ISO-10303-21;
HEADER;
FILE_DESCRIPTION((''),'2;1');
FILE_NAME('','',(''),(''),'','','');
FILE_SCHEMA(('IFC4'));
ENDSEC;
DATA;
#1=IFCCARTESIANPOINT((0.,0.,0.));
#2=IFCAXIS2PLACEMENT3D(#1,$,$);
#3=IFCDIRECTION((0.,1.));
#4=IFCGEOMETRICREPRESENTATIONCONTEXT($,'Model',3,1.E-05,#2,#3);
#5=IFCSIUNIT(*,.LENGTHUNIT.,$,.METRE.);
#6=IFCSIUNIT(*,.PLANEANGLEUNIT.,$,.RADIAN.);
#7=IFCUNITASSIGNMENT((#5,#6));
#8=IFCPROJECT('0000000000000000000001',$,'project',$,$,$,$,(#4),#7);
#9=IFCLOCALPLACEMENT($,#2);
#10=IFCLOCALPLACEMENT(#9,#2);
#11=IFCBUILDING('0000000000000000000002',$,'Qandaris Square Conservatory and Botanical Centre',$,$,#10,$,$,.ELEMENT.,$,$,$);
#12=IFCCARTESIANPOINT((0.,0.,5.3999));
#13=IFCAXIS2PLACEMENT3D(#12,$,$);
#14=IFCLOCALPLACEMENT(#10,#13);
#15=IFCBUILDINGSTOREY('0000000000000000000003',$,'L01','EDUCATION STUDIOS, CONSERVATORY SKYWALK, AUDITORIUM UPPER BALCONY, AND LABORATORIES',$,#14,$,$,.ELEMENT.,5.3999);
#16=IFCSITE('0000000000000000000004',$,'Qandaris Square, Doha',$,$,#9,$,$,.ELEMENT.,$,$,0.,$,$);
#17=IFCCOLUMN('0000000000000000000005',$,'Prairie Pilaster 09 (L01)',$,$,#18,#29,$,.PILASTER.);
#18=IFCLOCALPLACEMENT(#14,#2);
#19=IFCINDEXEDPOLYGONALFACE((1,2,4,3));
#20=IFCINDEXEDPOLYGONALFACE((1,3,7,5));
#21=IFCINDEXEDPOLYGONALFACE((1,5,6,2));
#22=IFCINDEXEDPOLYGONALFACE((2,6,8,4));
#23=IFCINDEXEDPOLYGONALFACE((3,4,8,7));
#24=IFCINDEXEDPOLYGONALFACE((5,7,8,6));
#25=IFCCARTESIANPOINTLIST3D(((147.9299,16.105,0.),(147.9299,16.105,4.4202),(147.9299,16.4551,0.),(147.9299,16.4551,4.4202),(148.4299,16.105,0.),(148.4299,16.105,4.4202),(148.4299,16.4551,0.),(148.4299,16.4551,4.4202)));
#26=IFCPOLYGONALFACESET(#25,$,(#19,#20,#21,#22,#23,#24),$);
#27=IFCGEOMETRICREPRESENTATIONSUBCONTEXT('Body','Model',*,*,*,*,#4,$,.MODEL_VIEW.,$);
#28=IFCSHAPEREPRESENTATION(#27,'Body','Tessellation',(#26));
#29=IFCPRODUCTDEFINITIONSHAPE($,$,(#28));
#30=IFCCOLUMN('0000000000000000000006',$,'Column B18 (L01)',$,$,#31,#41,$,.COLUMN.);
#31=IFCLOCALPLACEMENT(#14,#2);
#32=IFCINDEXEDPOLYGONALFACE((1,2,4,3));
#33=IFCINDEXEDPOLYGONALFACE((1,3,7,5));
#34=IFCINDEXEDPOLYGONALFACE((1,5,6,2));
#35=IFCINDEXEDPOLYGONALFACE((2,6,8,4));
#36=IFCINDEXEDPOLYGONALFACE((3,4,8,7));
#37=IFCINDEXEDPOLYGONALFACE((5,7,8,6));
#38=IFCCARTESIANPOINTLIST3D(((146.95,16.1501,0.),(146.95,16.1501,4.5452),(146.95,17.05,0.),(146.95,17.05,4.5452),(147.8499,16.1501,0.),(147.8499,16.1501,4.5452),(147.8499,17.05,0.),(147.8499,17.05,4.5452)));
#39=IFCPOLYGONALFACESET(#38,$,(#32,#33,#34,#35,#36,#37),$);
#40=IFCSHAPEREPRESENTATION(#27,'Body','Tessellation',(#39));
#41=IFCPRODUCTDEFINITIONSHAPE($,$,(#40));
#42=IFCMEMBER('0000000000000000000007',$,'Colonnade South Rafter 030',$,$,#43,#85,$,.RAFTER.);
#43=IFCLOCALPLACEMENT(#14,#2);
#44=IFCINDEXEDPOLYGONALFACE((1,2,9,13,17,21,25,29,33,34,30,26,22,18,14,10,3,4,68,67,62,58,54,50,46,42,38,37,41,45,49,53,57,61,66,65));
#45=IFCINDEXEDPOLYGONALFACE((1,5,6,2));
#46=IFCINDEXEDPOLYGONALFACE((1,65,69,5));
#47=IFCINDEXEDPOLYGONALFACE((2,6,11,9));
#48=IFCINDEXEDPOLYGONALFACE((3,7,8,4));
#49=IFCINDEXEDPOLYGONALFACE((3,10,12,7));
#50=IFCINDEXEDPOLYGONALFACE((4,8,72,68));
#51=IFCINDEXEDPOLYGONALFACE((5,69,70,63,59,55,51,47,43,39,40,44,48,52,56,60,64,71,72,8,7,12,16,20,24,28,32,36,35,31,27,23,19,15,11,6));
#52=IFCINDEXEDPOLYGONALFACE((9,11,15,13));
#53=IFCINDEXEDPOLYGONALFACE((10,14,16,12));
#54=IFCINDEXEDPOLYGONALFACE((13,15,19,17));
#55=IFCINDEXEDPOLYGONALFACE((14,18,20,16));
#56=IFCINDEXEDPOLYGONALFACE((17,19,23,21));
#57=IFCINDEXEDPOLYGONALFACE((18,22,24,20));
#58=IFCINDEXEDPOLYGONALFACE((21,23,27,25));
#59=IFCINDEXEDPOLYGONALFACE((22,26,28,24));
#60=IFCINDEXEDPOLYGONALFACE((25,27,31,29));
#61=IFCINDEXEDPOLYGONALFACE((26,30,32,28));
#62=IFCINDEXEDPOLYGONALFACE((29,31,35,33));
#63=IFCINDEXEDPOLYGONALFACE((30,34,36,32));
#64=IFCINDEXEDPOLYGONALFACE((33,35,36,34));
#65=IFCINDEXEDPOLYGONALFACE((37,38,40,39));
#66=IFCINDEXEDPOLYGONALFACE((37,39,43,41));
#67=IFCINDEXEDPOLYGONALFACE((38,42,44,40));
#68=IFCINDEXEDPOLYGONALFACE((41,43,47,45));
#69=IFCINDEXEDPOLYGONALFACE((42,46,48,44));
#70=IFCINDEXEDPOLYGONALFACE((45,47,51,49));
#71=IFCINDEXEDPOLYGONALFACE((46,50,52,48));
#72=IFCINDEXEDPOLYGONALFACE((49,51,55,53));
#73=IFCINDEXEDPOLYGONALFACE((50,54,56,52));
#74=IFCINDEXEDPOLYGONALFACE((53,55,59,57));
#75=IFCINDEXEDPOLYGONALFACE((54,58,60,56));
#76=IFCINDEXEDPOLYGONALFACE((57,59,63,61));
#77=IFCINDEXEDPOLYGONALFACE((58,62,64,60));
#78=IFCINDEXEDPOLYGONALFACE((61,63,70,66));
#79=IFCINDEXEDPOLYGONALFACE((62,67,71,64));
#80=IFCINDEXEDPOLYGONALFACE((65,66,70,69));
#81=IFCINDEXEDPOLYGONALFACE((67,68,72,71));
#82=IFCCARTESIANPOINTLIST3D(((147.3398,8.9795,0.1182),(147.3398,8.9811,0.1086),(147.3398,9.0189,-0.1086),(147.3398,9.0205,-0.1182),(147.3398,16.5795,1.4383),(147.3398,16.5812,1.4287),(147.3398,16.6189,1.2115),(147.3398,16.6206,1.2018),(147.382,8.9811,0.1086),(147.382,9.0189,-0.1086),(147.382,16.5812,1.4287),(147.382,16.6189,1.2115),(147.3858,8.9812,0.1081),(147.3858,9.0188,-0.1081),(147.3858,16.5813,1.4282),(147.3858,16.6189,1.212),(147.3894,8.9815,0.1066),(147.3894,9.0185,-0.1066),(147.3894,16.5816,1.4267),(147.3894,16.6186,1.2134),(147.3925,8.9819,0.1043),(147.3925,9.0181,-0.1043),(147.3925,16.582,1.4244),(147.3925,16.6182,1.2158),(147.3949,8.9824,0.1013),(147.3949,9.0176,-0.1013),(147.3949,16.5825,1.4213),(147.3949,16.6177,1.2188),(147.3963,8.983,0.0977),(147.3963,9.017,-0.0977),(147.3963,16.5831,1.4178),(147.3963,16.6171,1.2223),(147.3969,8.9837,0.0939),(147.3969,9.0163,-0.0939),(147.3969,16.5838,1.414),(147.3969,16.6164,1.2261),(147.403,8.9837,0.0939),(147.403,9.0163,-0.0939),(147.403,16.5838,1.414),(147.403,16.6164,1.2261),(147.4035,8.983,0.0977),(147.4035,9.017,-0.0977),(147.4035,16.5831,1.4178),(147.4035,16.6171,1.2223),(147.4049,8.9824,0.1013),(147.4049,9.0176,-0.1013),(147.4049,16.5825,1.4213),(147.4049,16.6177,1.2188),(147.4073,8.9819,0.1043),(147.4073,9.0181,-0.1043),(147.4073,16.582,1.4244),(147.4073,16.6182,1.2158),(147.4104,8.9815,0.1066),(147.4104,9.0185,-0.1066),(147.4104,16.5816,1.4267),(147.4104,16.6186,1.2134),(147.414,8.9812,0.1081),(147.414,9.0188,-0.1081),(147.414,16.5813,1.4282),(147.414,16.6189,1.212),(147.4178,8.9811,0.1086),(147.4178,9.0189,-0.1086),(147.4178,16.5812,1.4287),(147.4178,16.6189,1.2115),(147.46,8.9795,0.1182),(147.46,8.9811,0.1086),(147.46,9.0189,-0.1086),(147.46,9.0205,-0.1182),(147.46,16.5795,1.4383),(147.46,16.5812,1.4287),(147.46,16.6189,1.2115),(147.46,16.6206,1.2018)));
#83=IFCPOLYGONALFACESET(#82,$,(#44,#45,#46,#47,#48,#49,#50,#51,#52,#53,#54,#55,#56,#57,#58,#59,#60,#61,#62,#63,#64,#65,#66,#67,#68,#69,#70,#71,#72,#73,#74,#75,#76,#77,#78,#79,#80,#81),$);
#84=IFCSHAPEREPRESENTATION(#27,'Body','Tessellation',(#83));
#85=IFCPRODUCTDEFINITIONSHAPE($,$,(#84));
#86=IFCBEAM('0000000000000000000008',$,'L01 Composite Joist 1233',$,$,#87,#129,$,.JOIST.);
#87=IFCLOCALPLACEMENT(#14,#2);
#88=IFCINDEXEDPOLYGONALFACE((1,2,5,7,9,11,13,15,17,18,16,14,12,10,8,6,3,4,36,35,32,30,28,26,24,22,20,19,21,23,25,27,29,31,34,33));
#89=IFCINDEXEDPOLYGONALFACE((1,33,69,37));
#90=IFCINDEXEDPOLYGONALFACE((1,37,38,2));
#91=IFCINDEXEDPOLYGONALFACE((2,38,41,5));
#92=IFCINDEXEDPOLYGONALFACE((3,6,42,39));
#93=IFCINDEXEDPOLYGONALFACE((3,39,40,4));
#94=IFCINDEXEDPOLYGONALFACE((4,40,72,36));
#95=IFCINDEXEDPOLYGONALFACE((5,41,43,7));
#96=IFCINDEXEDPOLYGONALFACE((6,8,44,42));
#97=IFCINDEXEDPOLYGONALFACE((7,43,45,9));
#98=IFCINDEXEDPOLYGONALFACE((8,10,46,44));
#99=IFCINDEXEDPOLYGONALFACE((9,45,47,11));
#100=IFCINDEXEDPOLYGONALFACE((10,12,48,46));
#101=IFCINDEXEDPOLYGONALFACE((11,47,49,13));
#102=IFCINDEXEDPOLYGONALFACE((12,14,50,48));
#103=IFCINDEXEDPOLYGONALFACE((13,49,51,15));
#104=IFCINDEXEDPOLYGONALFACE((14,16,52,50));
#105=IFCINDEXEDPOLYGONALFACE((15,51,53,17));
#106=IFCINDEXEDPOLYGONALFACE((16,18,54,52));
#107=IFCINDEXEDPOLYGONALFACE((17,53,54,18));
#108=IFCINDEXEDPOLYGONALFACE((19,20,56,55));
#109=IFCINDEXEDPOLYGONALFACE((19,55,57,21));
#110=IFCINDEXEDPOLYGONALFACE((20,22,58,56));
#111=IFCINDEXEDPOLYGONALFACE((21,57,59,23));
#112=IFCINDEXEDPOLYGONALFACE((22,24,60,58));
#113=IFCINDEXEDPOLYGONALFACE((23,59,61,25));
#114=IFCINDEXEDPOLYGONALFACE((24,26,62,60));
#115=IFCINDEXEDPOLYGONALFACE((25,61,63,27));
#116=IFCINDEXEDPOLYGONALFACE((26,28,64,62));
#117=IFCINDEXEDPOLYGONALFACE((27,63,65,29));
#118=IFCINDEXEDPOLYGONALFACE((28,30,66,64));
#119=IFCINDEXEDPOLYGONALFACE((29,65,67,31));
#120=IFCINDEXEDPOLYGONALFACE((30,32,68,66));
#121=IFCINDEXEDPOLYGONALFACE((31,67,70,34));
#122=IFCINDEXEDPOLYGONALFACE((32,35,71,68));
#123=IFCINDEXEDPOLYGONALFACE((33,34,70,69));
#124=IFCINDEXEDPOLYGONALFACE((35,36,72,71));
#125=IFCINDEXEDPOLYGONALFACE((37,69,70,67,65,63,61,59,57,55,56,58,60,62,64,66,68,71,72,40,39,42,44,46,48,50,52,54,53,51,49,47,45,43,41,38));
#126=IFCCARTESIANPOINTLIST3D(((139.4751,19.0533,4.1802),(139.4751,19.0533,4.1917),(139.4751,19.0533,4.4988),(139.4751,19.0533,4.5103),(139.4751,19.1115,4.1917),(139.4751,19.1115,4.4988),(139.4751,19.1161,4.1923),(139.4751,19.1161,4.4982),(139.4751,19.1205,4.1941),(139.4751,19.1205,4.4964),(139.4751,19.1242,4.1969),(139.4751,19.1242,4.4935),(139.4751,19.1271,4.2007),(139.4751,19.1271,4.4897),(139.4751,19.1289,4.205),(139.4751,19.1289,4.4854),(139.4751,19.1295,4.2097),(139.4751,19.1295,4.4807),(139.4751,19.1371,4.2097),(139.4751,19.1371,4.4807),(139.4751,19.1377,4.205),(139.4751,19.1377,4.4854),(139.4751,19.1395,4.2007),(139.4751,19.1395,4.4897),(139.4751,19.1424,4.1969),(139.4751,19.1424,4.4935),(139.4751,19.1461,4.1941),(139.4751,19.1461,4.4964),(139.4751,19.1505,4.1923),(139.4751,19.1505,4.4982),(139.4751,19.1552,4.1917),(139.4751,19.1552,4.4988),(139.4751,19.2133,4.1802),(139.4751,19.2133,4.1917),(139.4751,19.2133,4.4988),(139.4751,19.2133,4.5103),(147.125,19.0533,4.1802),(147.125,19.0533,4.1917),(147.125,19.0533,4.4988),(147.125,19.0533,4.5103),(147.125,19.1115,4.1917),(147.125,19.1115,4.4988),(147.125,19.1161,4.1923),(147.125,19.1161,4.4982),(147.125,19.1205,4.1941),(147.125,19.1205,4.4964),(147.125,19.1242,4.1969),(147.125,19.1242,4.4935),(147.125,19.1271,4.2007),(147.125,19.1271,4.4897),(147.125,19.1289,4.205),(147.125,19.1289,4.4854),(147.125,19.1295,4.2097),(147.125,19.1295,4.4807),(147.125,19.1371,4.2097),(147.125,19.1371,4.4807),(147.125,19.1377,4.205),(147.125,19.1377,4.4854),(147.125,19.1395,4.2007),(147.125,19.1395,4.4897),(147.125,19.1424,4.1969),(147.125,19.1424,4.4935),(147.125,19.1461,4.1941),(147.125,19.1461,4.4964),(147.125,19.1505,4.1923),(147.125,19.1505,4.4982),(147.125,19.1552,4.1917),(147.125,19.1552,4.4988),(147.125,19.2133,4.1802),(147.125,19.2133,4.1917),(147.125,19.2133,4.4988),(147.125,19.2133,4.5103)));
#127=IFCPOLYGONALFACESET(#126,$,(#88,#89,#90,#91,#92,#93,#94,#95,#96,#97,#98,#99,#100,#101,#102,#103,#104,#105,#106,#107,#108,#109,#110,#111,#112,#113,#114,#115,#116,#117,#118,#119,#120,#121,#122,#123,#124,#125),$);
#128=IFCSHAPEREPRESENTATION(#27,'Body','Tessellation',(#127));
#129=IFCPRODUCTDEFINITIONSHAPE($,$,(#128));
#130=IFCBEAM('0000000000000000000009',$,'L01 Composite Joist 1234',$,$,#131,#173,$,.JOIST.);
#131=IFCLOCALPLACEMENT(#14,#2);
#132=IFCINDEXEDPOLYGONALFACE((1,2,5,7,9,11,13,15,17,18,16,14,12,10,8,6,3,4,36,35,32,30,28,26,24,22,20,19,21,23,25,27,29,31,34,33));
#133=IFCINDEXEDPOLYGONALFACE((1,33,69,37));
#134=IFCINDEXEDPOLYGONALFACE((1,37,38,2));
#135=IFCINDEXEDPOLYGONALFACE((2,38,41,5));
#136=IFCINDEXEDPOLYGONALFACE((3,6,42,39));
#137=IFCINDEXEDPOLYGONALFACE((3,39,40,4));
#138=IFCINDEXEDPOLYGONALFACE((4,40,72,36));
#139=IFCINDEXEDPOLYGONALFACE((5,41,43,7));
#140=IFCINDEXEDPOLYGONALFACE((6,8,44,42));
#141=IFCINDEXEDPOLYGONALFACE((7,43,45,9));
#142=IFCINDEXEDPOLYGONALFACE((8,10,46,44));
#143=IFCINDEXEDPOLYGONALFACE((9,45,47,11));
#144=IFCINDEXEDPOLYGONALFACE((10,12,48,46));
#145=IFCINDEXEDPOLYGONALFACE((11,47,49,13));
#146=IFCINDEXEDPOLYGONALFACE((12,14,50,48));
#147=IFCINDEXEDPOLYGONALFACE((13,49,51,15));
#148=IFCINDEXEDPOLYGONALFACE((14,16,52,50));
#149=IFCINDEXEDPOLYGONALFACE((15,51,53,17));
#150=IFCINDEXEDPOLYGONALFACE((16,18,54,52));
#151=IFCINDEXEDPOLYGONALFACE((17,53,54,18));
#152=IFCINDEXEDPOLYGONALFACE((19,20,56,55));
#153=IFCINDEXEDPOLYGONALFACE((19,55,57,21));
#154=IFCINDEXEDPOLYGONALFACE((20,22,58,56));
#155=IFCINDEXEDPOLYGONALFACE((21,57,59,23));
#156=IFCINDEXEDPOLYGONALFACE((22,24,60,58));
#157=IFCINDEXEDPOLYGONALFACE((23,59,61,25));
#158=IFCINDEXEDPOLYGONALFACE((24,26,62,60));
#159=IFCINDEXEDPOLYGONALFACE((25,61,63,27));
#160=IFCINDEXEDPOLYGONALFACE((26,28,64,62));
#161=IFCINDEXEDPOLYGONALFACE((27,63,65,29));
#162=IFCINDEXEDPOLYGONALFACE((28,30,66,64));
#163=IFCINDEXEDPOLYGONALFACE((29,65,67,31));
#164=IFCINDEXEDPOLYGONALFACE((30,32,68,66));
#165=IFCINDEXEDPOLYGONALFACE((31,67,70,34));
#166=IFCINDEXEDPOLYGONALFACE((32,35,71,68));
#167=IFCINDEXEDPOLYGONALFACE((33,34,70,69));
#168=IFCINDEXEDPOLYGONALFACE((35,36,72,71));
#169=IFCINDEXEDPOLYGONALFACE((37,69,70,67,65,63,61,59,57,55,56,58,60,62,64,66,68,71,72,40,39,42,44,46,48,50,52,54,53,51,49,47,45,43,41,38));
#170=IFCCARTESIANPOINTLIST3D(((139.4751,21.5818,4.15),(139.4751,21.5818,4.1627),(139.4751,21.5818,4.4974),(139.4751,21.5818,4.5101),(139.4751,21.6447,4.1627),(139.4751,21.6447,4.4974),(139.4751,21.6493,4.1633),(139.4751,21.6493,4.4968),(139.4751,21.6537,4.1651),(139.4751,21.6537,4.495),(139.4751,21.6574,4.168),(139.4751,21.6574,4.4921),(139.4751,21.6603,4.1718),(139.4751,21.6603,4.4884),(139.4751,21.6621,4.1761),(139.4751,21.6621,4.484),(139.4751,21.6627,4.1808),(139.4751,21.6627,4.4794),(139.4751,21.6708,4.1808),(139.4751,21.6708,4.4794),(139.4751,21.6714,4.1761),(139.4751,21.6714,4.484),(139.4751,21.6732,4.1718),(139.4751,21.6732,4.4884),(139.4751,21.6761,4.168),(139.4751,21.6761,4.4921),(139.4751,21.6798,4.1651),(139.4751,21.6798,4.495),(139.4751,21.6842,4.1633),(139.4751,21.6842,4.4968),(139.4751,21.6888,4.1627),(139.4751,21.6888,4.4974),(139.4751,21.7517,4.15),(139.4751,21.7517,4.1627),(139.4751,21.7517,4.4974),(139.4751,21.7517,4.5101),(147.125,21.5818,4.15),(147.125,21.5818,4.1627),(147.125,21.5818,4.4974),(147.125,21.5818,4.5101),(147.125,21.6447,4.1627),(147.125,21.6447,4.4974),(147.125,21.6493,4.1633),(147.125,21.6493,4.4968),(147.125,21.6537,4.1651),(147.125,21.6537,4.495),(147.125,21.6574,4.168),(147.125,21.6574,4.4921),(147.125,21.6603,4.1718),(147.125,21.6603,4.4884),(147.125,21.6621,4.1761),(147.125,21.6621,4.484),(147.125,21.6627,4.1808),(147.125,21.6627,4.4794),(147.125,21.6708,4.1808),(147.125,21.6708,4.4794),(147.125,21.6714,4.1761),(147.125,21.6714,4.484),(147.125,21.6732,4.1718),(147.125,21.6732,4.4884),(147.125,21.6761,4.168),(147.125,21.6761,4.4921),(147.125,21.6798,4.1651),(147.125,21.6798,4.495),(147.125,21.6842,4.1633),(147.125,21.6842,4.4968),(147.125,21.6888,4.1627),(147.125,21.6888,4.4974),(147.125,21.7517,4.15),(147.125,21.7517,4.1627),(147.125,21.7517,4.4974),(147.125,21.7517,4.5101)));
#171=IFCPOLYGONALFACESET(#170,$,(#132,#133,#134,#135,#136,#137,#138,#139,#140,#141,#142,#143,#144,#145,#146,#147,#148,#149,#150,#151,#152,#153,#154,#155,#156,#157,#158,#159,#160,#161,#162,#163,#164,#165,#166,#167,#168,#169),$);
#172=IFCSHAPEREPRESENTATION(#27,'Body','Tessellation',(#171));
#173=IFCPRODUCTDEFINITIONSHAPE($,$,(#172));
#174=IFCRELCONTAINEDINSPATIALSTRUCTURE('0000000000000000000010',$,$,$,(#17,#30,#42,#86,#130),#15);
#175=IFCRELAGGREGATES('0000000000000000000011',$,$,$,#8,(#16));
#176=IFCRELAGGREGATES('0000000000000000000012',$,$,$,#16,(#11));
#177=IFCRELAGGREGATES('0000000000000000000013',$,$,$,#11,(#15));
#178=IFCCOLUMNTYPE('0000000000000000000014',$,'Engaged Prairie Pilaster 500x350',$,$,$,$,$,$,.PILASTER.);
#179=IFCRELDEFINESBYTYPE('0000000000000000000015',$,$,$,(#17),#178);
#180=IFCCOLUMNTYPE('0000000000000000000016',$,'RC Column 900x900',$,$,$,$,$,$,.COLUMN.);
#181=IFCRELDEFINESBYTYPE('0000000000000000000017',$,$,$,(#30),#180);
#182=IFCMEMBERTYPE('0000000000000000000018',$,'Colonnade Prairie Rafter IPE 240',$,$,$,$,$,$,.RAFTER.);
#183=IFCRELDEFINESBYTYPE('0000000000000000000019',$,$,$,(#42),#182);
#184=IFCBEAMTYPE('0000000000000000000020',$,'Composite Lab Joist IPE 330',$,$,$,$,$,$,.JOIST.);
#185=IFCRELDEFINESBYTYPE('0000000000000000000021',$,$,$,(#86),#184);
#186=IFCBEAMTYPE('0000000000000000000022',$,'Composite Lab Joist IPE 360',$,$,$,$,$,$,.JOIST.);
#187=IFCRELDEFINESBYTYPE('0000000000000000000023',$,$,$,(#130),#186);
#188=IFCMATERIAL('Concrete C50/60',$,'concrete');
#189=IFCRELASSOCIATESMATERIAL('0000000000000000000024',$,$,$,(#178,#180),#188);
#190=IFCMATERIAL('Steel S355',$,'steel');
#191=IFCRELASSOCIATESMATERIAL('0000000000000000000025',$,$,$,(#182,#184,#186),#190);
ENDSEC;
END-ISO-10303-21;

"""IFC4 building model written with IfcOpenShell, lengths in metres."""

from ifc_helpers import new_model, si_unit, direction, frame, origin, origin_2d, place, context, subcontext, project, spatial, rectangle, i_section, extrude, material, material_profile, profile_set, type_object, element, save


model = new_model("IFC4")

# Units and contexts
model_context = context("Model", 3, precision=1e-05, world=origin(), true_north=direction((0.0, 1.0)))
body_context = subcontext(model_context, "Body", "Model", "MODEL_VIEW")
ifc_project = project(units=[si_unit("LENGTHUNIT", "METRE"), si_unit("PLANEANGLEUNIT", "RADIAN")], contexts=[model_context])

# Site, building, storey
site_placement = place(None, origin())
site = spatial("IfcSite", under=ifc_project, at=site_placement, Name="Qandaris Square, Doha", CompositionType="ELEMENT", RefElevation=0.0)
building_placement = place(site_placement, origin())
building = spatial("IfcBuilding", under=site, at=building_placement, Name="Qandaris Square Conservatory and Botanical Centre", CompositionType="ELEMENT")
storey_placement = place(building_placement, frame((0.0, 0.0, 5.3999)))
storey = spatial("IfcBuildingStorey", under=building, at=storey_placement, Name="L01", Description="EDUCATION STUDIOS, CONSERVATORY SKYWALK, AUDITORIUM UPPER BALCONY, AND LABORATORIES", CompositionType="ELEMENT", Elevation=5.3999)

# Columns
ifc_material_1 = material(Name="Concrete C50/60", Category="concrete")
ifc_material_profile_1 = material_profile(ifc_material_1, rectangle(XDim=0.5, YDim=0.3501, at=origin_2d()), Name="RC-PIL 500x350")
ifc_profile_set_1 = profile_set([ifc_material_profile_1], Name="Concrete C50/60")
column_type_1 = type_object("IfcColumnType", Name="Engaged Prairie Pilaster 500x350", PredefinedType="PILASTER", material=ifc_profile_set_1)
column_1_placement = place(storey_placement, frame((148.1799, 16.28, 0.0), z_axis=(0.0, 0.0, 1.0), x_axis=(1.0, 0.0, 0.0)))
element("IfcColumn", 1, at=column_1_placement, inside=storey, type_object=column_type_1, Name="Prairie Pilaster 09 (L01)", PredefinedType="PILASTER", context=body_context, shape_type="SweptSolid", body=[
    extrude(rectangle(XDim=0.5, YDim=0.3501, at=origin_2d()), origin(), (0.0, 0.0, 1.0), 4.4202),
])
ifc_material_profile_2 = material_profile(ifc_material_1, rectangle(XDim=0.8999, YDim=0.8999, at=origin_2d()), Name="RC-COL 900x900")
ifc_profile_set_2 = profile_set([ifc_material_profile_2], Name="Concrete C50/60")
column_type_2 = type_object("IfcColumnType", Name="RC Column 900x900", PredefinedType="COLUMN", material=ifc_profile_set_2)
column_2_placement = place(storey_placement, frame((147.3999, 16.6001, 0.0), z_axis=(0.0, 0.0, 1.0), x_axis=(1.0, 0.0, 0.0)))
element("IfcColumn", 2, at=column_2_placement, inside=storey, type_object=column_type_2, Name="Column B18 (L01)", PredefinedType="COLUMN", context=body_context, shape_type="SweptSolid", body=[
    extrude(rectangle(XDim=0.8999, YDim=0.8999, at=origin_2d()), origin(), (0.0, 0.0, 1.0), 4.5452),
])

# Member
ifc_material_2 = material(Name="Steel S355", Category="steel")
ifc_material_profile_3 = material_profile(ifc_material_2, i_section(OverallWidth=0.1201, OverallDepth=0.24, WebThickness=0.0061, FlangeThickness=0.0098, FilletRadius=0.0149, at=origin_2d()), Name="IPE 240")
ifc_profile_set_3 = profile_set([ifc_material_profile_3], Name="Steel S355")
member_type = type_object("IfcMemberType", Name="Colonnade Prairie Rafter IPE 240", PredefinedType="RAFTER", material=ifc_profile_set_3)
member_placement = place(storey_placement, frame((147.3999, 9.0, 0.0), z_axis=(0.0, 0.985249, 0.171129), x_axis=(-1.0, 0.0, 0.0)))
element("IfcMember", 3, at=member_placement, inside=storey, type_object=member_type, Name="Colonnade South Rafter 030", PredefinedType="RAFTER", context=body_context, shape_type="SweptSolid", body=[
    extrude(i_section(OverallWidth=0.1201, OverallDepth=0.24, WebThickness=0.0061, FlangeThickness=0.0098, FilletRadius=0.0149, at=origin_2d()), origin(), (0.0, 0.0, 1.0), 7.7139),
])

# Beams
ifc_material_profile_4 = material_profile(ifc_material_2, i_section(OverallWidth=0.1599, OverallDepth=0.3301, WebThickness=0.0076, FlangeThickness=0.0115, FilletRadius=0.0181, at=origin_2d()), Name="IPE 330")
ifc_profile_set_4 = profile_set([ifc_material_profile_4], Name="Steel S355")
beam_type_1 = type_object("IfcBeamType", Name="Composite Lab Joist IPE 330", PredefinedType="JOIST", material=ifc_profile_set_4)
beam_1_placement = place(storey_placement, frame((139.4751, 19.1333, 4.3452), z_axis=(1.0, 0.0, 0.0), x_axis=(0.0, 1.0, 0.0)))
element("IfcBeam", 4, at=beam_1_placement, inside=storey, type_object=beam_type_1, Name="L01 Composite Joist 1233", PredefinedType="JOIST", context=body_context, shape_type="SweptSolid", body=[
    extrude(i_section(OverallWidth=0.1599, OverallDepth=0.3301, WebThickness=0.0076, FlangeThickness=0.0115, FilletRadius=0.0181, at=origin_2d()), origin(), (0.0, 0.0, 1.0), 7.6499),
])
ifc_material_profile_5 = material_profile(ifc_material_2, i_section(OverallWidth=0.1699, OverallDepth=0.3601, WebThickness=0.0081, FlangeThickness=0.0127, FilletRadius=0.0181, at=origin_2d()), Name="IPE 360")
ifc_profile_set_5 = profile_set([ifc_material_profile_5], Name="Steel S355")
beam_type_2 = type_object("IfcBeamType", Name="Composite Lab Joist IPE 360", PredefinedType="JOIST", material=ifc_profile_set_5)
for number, where, z_axis, x_axis, name in (
    (5, (139.4751, 21.6667, 4.3301), (1.0, 0.0, 0.0), (0.0, 1.0, 0.0), "L01 Composite Joist 1234"),
):
    element("IfcBeam", number, at=place(storey_placement, frame(where, z_axis=z_axis, x_axis=x_axis)), inside=storey, type_object=beam_type_2, Name=name, PredefinedType="JOIST", context=body_context, shape_type="SweptSolid", body=[
        extrude(i_section(OverallWidth=0.1699, OverallDepth=0.3601, WebThickness=0.0081, FlangeThickness=0.0127, FilletRadius=0.0181, at=origin_2d()), origin(), (0.0, 0.0, 1.0), 7.6499),
    ])

save(model, "model.ifc")
